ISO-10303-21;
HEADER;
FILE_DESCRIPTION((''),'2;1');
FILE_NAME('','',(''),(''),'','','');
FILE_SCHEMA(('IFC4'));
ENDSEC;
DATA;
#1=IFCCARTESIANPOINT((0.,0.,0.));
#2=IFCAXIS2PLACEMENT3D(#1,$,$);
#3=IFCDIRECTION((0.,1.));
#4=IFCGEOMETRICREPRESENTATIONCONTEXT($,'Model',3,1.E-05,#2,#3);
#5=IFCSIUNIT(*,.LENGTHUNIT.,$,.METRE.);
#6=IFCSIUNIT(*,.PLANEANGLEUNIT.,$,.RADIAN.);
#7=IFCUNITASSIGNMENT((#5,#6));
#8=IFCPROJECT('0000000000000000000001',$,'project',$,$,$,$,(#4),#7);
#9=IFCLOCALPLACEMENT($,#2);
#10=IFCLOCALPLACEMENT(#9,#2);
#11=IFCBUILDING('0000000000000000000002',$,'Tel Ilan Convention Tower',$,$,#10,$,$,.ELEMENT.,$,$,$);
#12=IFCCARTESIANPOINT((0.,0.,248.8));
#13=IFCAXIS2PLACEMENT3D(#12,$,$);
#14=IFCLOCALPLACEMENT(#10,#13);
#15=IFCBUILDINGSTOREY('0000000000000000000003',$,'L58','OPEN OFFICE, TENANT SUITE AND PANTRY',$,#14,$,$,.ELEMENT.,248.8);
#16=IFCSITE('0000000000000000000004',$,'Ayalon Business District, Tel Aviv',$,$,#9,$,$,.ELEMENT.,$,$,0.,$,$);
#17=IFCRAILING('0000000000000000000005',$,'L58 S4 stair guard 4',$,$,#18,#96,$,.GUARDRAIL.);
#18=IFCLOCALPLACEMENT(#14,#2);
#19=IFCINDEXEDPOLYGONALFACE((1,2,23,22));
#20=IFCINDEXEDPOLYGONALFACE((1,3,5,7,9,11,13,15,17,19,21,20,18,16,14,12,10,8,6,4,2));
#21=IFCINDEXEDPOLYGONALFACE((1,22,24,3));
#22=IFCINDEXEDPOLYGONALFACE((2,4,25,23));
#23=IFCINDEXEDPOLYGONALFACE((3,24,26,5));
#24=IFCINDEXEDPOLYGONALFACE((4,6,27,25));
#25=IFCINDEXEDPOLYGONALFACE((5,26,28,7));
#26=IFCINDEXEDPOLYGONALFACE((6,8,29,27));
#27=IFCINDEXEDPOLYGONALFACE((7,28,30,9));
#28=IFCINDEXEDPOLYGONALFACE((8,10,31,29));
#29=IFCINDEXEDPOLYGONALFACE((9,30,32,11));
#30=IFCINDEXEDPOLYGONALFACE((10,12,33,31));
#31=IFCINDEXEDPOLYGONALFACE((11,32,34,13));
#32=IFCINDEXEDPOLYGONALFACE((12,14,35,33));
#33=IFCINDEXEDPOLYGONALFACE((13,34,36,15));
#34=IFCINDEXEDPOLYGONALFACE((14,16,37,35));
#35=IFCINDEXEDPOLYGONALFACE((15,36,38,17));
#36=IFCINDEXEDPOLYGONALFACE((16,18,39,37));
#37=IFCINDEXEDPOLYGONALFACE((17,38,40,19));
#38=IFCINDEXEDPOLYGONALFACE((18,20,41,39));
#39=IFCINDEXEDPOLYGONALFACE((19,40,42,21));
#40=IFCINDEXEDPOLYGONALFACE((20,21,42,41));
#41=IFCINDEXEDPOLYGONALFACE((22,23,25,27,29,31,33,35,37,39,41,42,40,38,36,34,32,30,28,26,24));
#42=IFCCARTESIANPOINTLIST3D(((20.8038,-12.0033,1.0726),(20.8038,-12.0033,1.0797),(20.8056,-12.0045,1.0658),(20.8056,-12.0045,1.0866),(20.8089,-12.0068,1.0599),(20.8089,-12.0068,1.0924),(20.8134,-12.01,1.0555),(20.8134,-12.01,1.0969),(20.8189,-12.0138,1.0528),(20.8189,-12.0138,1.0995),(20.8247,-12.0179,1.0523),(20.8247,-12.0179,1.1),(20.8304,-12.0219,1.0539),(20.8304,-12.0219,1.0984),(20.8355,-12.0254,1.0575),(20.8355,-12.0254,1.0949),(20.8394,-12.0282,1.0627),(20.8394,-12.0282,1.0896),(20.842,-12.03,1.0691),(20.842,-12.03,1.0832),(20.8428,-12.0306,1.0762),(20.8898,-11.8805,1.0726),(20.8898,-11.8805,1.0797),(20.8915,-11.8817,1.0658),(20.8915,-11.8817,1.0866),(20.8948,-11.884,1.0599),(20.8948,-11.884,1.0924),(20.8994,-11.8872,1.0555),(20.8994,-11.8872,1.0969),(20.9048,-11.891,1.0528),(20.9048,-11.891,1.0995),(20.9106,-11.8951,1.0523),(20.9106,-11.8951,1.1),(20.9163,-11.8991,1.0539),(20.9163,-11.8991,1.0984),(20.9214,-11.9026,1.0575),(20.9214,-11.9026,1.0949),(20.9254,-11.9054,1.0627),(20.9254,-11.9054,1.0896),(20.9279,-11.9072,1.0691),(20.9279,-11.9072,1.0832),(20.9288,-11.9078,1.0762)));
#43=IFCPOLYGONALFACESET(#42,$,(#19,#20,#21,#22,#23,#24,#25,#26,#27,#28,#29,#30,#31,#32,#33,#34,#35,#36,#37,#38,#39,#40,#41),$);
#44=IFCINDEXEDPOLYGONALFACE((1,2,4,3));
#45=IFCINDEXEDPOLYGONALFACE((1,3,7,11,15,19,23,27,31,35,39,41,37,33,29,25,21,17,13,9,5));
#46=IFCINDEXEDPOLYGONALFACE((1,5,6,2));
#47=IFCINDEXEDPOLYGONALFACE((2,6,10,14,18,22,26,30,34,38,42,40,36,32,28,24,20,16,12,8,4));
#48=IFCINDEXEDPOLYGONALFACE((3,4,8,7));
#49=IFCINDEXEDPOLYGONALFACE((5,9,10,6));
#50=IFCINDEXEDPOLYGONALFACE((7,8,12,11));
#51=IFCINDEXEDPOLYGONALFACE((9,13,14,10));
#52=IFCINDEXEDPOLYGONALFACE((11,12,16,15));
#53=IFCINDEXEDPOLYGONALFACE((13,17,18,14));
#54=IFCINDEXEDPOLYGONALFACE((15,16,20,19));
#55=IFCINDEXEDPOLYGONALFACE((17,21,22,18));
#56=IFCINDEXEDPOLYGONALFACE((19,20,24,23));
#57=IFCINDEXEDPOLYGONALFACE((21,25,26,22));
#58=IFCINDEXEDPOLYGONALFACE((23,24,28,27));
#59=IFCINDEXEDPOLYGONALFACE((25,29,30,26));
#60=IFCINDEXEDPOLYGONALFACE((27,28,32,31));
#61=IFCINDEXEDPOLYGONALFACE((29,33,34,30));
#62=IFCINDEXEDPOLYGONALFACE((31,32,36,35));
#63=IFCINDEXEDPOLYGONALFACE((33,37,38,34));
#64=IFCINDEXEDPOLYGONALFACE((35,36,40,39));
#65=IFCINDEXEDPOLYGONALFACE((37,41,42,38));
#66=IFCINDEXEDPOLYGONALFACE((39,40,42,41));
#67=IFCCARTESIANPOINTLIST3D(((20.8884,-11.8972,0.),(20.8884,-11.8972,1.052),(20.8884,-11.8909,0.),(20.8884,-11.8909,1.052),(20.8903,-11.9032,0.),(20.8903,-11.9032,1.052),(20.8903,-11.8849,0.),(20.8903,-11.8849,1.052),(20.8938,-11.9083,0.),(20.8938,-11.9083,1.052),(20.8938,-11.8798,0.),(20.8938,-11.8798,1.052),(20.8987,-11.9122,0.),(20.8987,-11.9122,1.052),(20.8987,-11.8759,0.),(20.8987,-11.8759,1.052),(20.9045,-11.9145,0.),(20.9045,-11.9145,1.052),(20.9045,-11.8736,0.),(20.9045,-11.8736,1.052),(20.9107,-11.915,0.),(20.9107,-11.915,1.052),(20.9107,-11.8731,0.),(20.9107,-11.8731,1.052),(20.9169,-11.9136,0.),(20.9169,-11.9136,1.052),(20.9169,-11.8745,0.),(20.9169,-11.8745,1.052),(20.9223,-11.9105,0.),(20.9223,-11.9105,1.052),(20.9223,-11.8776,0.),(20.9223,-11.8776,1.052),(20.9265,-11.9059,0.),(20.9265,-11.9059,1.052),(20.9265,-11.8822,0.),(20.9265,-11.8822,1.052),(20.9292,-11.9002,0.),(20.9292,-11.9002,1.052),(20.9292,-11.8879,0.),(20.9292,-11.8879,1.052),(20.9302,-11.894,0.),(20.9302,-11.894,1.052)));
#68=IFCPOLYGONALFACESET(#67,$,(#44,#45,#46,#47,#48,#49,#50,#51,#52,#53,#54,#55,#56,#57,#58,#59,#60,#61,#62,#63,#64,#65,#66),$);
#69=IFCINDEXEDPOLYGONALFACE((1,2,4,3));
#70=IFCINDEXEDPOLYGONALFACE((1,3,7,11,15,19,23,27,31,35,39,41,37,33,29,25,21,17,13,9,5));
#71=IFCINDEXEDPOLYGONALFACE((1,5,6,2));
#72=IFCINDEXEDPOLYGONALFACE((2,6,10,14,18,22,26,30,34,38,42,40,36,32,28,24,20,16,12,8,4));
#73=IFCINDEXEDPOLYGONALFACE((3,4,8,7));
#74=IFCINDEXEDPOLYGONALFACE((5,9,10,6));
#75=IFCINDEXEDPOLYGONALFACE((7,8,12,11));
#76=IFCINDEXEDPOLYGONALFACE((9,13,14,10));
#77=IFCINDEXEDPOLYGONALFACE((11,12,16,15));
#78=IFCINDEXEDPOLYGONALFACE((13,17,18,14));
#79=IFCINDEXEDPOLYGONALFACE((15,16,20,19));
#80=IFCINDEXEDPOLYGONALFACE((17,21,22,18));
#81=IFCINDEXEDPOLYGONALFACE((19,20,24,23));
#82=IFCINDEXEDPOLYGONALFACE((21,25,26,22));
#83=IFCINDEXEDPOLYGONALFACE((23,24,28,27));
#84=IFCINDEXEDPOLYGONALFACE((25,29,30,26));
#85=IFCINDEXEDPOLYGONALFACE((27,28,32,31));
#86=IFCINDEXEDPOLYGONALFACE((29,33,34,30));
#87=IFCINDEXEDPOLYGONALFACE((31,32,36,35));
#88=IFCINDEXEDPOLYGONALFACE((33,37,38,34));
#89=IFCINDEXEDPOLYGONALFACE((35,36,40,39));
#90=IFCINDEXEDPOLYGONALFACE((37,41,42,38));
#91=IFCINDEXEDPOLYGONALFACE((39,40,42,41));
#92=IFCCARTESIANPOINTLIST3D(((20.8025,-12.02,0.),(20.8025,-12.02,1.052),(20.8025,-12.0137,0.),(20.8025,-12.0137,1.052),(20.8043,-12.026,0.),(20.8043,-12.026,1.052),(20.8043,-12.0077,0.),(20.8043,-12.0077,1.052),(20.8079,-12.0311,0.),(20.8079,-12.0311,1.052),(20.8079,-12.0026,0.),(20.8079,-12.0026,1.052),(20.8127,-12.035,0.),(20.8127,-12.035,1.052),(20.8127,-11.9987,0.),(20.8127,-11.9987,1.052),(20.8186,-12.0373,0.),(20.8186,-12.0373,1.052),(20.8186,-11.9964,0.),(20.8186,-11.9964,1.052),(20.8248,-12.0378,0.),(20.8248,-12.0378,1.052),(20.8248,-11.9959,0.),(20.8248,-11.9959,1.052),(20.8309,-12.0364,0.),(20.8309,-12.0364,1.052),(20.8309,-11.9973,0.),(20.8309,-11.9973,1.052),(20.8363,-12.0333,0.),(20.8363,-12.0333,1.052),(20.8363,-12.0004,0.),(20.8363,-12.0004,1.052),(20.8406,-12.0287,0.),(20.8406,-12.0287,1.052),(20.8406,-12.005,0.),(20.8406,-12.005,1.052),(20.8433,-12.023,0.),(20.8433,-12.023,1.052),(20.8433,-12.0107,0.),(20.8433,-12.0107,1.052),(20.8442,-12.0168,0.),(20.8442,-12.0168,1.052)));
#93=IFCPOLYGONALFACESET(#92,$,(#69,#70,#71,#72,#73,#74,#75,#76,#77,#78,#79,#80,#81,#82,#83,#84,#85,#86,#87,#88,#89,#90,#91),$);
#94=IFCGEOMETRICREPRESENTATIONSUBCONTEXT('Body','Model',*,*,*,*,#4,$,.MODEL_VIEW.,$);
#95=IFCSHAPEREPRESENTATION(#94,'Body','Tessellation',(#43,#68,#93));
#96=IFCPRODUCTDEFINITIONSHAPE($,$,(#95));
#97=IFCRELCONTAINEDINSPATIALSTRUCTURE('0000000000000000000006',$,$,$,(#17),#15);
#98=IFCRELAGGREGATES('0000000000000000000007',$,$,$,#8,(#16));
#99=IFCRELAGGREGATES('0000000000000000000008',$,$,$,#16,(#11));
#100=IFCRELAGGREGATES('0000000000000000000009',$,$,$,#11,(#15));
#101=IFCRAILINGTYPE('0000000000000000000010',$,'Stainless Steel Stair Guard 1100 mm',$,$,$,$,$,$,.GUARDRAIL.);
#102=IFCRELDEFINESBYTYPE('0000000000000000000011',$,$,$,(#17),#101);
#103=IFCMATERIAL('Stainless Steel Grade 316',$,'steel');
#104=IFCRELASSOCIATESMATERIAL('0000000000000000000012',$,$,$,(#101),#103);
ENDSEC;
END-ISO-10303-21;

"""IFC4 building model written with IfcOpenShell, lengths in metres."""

from ifc_helpers import new_model, si_unit, direction, frame, origin, origin_2d, place, context, subcontext, project, spatial, circle, extrude, material, type_object, element, save


model = new_model("IFC4")

# Units and contexts
model_context = context("Model", 3, precision=1e-05, world=origin(), true_north=direction((0.0, 1.0)))
body_context = subcontext(model_context, "Body", "Model", "MODEL_VIEW")
ifc_project = project(units=[si_unit("LENGTHUNIT", "METRE"), si_unit("PLANEANGLEUNIT", "RADIAN")], contexts=[model_context])

# Site, building, storey
site_placement = place(None, origin())
site = spatial("IfcSite", under=ifc_project, at=site_placement, Name="Ayalon Business District, Tel Aviv", CompositionType="ELEMENT", RefElevation=0.0)
building_placement = place(site_placement, origin())
building = spatial("IfcBuilding", under=site, at=building_placement, Name="Tel Ilan Convention Tower", CompositionType="ELEMENT")
storey_placement = place(building_placement, frame((0.0, 0.0, 248.8)))
storey = spatial("IfcBuildingStorey", under=building, at=storey_placement, Name="L58", Description="OPEN OFFICE, TENANT SUITE AND PANTRY", CompositionType="ELEMENT", Elevation=248.8)

# Railing
ifc_material_1 = material(Name="Stainless Steel Grade 316", Category="steel")
railing_type_1 = type_object("IfcRailingType", Name="Stainless Steel Stair Guard 1100 mm", PredefinedType="GUARDRAIL", material=ifc_material_1)
railing_1_placement = place(storey_placement, frame((20.9092, -11.894, 0.0)))
element("IfcRailing", 1, at=railing_1_placement, inside=storey, type_object=railing_type_1, Name="L58 S4 stair guard 4", PredefinedType="GUARDRAIL", context=body_context, shape_type="SweptSolid", body=[
    extrude(circle(Radius=0.0239, at=origin_2d()), frame((0.0, 0.0, 1.0762), z_axis=(-0.573353, -0.819308, 0.0), x_axis=(0.819308, -0.573353, 0.0)), (0.0, 0.0, 1.0), 0.1499),
    extrude(circle(Radius=0.021, at=origin_2d()), origin(), (0.0, 0.0, 1.0), 1.052),
    extrude(circle(Radius=0.021, at=origin_2d()), frame((-0.0859, -0.1228, 0.0)), (0.0, 0.0, 1.0), 1.052),
])

save(model, "model.ifc")
